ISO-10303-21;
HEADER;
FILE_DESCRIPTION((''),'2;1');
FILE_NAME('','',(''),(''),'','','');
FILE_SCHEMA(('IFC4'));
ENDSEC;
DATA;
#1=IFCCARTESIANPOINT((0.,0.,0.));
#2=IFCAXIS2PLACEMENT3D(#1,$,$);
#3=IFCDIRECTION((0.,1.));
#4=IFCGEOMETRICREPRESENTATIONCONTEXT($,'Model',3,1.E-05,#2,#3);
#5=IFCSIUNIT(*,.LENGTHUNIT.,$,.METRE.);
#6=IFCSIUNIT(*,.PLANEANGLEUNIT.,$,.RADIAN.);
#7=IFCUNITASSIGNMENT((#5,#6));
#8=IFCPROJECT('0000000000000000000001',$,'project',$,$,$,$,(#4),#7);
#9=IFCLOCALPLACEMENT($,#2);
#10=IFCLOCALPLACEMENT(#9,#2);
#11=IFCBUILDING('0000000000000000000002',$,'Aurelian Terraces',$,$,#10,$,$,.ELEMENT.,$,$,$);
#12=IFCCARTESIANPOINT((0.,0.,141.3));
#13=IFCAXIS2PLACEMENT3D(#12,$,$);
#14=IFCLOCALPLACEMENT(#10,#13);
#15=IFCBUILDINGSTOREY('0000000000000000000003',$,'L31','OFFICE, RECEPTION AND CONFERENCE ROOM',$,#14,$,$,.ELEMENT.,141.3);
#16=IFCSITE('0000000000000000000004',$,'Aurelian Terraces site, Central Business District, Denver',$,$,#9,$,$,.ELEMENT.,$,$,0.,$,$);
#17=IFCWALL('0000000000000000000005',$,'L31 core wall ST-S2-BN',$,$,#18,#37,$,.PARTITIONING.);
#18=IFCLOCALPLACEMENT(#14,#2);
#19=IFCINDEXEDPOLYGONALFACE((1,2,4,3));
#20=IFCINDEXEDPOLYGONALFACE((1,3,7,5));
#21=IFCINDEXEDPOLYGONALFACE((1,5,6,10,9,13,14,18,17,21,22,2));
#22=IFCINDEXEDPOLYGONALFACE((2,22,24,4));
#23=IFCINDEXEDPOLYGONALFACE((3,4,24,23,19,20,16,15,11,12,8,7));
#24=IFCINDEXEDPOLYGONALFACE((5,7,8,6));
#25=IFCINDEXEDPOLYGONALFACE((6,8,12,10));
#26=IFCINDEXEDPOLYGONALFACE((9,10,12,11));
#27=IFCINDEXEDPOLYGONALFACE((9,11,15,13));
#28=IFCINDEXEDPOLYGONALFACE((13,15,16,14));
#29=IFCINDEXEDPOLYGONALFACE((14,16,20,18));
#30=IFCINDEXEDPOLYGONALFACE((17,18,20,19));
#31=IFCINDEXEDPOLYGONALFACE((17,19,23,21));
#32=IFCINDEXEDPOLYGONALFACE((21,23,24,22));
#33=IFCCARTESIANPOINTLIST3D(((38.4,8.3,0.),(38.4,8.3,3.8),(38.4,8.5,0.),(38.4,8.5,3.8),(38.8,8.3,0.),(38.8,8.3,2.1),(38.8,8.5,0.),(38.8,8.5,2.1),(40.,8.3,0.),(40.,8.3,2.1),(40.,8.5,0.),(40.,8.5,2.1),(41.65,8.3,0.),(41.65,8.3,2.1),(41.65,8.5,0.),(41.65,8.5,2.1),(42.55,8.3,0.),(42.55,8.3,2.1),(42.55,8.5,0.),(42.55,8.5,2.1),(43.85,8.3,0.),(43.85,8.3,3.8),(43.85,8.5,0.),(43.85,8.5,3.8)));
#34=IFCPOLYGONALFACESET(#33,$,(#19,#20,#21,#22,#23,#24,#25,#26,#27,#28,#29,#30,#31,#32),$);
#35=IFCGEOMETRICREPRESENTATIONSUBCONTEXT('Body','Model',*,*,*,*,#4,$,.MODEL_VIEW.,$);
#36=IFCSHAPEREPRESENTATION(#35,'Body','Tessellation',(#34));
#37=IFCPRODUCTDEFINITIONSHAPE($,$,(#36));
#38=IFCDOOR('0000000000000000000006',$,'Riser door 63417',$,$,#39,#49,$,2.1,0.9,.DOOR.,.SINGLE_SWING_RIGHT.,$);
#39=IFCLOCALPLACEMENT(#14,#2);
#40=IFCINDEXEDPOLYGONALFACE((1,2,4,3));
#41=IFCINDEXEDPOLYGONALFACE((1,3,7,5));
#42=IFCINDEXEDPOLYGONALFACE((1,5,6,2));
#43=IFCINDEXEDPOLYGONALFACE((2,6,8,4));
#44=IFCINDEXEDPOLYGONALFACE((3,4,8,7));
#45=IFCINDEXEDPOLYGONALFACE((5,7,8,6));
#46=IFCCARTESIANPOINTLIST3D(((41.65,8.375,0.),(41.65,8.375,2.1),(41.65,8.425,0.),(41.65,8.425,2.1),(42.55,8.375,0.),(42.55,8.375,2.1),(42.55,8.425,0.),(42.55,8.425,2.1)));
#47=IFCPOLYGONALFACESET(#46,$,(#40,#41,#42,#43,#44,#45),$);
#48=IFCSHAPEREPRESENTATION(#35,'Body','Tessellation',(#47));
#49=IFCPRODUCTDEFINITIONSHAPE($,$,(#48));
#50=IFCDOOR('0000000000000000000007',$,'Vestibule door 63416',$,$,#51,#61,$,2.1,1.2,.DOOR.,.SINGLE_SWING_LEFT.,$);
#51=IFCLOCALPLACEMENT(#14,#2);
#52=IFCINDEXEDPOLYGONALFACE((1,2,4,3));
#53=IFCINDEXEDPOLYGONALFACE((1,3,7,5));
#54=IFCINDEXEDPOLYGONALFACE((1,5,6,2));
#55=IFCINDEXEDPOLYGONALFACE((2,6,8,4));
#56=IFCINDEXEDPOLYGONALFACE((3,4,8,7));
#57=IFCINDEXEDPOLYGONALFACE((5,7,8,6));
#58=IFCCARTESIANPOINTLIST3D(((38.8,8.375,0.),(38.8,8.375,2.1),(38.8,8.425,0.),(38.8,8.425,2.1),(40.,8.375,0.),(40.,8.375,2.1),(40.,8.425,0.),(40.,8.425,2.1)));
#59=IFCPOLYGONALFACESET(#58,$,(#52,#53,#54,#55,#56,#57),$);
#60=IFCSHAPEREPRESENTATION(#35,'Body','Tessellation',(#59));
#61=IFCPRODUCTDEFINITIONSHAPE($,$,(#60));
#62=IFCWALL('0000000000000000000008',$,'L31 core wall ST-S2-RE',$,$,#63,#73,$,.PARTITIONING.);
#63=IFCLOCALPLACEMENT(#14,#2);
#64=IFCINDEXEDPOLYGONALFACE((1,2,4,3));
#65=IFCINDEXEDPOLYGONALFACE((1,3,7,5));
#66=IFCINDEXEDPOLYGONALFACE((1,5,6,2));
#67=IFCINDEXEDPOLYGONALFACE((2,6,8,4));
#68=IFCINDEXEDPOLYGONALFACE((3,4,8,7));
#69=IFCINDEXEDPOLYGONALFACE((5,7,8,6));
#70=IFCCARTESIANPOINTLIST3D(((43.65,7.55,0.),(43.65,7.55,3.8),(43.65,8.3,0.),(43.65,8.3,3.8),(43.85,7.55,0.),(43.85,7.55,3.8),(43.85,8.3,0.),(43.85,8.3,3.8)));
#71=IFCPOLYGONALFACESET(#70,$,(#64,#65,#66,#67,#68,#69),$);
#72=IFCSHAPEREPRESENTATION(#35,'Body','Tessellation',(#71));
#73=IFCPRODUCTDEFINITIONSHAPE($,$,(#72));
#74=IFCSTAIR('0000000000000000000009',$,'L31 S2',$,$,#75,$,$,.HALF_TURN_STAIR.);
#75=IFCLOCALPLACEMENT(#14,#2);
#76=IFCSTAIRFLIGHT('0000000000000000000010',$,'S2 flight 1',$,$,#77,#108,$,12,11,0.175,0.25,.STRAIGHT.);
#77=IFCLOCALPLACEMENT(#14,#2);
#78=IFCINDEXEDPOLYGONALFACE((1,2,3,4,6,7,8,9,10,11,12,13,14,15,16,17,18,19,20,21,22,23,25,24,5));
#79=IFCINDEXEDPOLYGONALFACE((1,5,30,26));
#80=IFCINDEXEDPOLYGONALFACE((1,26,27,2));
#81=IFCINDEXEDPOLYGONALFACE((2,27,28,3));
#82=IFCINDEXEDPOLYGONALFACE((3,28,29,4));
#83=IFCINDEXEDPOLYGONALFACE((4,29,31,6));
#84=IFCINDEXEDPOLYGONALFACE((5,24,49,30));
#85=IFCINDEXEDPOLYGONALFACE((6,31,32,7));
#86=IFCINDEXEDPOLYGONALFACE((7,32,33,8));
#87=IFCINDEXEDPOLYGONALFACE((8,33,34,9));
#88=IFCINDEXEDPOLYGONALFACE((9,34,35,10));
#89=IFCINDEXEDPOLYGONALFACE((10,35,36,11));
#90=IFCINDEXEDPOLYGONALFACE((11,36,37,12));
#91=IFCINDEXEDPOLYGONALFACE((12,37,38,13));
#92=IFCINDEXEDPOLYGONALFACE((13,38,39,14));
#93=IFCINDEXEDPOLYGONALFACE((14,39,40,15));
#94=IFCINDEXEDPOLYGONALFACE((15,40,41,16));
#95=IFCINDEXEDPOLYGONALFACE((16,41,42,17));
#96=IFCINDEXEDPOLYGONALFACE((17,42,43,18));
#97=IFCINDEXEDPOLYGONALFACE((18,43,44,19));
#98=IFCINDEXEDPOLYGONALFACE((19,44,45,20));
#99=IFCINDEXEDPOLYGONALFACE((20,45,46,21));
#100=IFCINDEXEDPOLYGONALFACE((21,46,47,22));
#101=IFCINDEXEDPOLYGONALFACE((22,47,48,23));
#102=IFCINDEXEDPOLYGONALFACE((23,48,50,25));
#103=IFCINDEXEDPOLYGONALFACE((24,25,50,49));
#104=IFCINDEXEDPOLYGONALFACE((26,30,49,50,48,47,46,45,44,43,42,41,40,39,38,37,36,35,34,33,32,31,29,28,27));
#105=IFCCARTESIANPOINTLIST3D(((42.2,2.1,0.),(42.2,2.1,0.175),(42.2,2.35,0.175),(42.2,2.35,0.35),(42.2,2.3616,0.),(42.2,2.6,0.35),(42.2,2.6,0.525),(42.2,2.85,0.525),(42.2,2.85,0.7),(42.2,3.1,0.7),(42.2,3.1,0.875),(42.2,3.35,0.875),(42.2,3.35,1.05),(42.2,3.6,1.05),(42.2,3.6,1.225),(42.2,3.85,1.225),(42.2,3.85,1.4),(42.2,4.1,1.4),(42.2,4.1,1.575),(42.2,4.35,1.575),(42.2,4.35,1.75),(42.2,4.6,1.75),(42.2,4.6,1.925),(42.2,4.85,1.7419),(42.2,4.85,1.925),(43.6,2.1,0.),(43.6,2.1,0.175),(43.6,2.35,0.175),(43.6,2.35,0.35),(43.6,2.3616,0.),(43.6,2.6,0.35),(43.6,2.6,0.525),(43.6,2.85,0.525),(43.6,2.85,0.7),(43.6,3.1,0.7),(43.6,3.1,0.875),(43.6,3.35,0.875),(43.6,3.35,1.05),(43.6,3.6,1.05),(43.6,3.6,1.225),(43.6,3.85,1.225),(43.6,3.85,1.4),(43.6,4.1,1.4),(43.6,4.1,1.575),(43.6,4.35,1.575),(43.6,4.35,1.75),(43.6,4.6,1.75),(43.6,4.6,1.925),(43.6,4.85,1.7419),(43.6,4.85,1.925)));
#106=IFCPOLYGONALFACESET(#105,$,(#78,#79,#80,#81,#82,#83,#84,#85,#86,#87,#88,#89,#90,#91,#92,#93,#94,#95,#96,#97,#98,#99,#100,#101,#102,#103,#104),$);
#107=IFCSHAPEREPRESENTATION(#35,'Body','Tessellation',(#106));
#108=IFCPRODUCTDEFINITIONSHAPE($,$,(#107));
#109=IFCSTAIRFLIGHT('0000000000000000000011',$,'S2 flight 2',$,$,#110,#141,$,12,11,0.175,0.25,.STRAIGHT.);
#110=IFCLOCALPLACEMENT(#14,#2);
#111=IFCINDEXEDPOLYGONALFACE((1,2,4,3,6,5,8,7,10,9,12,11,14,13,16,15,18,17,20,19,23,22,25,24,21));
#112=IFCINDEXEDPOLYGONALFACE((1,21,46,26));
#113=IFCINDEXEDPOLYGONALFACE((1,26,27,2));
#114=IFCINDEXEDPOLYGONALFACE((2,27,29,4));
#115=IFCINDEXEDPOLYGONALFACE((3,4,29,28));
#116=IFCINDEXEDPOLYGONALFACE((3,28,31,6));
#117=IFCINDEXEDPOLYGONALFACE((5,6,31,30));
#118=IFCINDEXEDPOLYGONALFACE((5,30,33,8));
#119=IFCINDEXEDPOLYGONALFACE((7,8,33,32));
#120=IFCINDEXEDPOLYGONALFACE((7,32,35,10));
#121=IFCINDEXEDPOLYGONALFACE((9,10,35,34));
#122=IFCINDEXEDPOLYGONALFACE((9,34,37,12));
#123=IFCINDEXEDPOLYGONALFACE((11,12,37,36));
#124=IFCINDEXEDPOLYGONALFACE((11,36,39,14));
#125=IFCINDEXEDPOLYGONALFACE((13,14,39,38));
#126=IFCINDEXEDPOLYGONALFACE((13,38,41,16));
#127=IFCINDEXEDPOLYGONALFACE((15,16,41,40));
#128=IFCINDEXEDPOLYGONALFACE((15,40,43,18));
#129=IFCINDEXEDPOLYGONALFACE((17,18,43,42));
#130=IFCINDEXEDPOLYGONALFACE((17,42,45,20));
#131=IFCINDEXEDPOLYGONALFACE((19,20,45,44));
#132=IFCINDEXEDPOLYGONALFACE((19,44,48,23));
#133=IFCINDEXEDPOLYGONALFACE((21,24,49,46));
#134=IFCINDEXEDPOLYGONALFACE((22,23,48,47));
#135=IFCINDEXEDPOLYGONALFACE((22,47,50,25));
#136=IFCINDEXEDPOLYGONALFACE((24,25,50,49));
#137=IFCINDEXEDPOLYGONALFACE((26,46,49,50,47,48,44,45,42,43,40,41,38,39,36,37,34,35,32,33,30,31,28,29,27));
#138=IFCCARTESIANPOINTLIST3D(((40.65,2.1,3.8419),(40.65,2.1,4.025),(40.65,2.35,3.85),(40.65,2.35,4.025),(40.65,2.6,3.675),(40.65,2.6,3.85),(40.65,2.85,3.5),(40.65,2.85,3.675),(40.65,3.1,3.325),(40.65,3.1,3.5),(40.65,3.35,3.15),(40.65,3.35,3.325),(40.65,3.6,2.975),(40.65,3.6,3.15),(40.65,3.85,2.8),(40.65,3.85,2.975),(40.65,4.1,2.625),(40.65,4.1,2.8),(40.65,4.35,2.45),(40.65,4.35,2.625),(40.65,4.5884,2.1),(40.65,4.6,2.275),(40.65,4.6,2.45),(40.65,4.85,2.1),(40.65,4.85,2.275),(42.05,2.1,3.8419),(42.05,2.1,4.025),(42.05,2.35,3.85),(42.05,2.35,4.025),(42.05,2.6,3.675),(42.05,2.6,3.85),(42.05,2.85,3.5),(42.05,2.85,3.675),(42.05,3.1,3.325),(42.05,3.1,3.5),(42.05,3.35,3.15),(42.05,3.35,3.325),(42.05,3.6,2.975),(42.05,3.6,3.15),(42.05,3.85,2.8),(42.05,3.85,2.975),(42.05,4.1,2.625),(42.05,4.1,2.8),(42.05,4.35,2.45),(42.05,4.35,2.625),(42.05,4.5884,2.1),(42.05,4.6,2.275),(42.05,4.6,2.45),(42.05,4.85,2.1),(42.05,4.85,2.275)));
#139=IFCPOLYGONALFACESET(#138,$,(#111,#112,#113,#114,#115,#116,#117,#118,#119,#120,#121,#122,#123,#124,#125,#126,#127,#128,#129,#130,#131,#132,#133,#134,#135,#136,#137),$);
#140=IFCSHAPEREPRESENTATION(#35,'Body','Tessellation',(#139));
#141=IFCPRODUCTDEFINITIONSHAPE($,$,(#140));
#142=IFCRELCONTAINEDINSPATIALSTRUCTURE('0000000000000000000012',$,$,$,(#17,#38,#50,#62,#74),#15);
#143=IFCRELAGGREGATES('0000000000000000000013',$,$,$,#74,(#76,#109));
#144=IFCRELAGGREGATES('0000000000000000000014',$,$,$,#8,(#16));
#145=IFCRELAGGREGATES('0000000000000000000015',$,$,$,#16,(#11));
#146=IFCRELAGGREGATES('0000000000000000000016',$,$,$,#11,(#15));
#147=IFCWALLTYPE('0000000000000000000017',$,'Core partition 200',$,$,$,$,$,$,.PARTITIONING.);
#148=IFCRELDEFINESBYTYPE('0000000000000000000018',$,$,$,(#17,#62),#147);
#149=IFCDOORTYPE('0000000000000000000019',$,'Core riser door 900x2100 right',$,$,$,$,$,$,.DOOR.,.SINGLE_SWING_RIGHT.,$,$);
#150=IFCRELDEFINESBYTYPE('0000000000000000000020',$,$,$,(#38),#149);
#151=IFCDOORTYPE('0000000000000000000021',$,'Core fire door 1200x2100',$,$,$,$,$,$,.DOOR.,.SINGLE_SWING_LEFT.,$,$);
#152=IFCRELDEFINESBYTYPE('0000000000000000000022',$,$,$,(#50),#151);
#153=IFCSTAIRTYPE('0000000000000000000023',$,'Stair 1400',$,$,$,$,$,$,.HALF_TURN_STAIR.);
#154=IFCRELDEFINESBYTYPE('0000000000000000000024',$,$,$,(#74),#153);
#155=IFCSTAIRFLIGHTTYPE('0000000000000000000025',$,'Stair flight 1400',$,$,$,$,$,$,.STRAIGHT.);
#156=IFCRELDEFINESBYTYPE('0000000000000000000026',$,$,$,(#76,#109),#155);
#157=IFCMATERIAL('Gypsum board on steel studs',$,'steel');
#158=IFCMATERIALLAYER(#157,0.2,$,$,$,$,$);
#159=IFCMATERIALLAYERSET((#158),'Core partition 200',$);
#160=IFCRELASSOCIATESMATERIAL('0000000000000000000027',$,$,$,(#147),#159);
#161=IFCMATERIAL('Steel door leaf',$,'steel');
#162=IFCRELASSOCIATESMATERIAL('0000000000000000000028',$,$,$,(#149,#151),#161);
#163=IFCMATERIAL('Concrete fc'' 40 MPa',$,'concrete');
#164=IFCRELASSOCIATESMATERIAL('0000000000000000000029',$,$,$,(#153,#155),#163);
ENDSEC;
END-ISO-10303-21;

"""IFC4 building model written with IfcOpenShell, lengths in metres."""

from ifc_helpers import new_model, si_unit, direction, frame, frame_2d, origin, place, context, subcontext, project, spatial, polyline, rectangle, outline, extrude, source, transform, mapped, material, layer, layer_set, type_object, element, fill, aggregate, save


model = new_model("IFC4")

# Units and contexts
model_context = context("Model", 3, precision=1e-05, world=origin(), true_north=direction((0.0, 1.0)))
body_context = subcontext(model_context, "Body", "Model", "MODEL_VIEW")
ifc_project = project(units=[si_unit("LENGTHUNIT", "METRE"), si_unit("PLANEANGLEUNIT", "RADIAN")], contexts=[model_context])

# Site, building, storey
site_placement = place(None, origin())
site = spatial("IfcSite", under=ifc_project, at=site_placement, Name="Aurelian Terraces site, Central Business District, Denver", CompositionType="ELEMENT", RefElevation=0.0)
building_placement = place(site_placement, origin())
building = spatial("IfcBuilding", under=site, at=building_placement, Name="Aurelian Terraces", CompositionType="ELEMENT")
storey_placement = place(building_placement, frame((0.0, 0.0, 141.3)))
storey = spatial("IfcBuildingStorey", under=building, at=storey_placement, Name="L31", Description="OFFICE, RECEPTION AND CONFERENCE ROOM", CompositionType="ELEMENT", Elevation=141.3)

# Shared definitions
ifc_material_1 = material(Name="Concrete fc' 40 MPa", Category="concrete")

# Shared definitions
ifc_material_2 = material(Name="Steel door leaf", Category="steel")

# Shared definitions
ifc_material_3 = material(Name="Gypsum board on steel studs", Category="steel")
ifc_layer_1 = layer(ifc_material_3, 0.2)
ifc_layer_set_1 = layer_set([ifc_layer_1], Name="Core partition 200")
wall_type_1 = type_object("IfcWallType", Name="Core partition 200", PredefinedType="PARTITIONING", material=ifc_layer_set_1)

# Wall, openings, doors
shared_shape_1 = source(origin(), body_context, "Body", "SweptSolid", [
    extrude(rectangle(XDim=5.45, YDim=0.2, at=frame_2d((2.725, 0.0))), origin(), (0.0, 0.0, 1.0), 3.8),
])
wall_1_placement = place(storey_placement, frame((38.4, 8.4, 0.0), z_axis=(0.0, 0.0, 1.0), x_axis=(1.0, 0.0, 0.0)))
wall_1 = element("IfcWall", 1, at=wall_1_placement, inside=storey, type_object=wall_type_1, Name="L31 core wall ST-S2-BN", PredefinedType="PARTITIONING", context=body_context, shape_type="MappedRepresentation", body=[
    mapped(shared_shape_1, transform((0.0, 0.0, 0.0), scale=1.0)),
])
shared_shape_2 = source(origin(), body_context, "Body", "SweptSolid", [
    extrude(rectangle(XDim=1.2, YDim=2.1, at=frame_2d((0.6, 1.05))), frame((0.0, 0.11, 0.0), z_axis=(0.0, -1.0, 0.0), x_axis=(1.0, 0.0, 0.0)), (0.0, 0.0, 1.0), 0.22),
])
opening_1_placement = place(wall_1_placement, frame((0.4, 0.0, 0.0)))
opening_1 = element("IfcOpeningElement", 2, at=opening_1_placement, cuts=wall_1, PredefinedType="OPENING", context=body_context, shape_type="MappedRepresentation", body=[
    mapped(shared_shape_2, transform((0.0, 0.0, 0.0), scale=1.0)),
])
shared_shape_3 = source(origin(), body_context, "Body", "SweptSolid", [
    extrude(rectangle(XDim=0.9, YDim=2.1, at=frame_2d((0.45, 1.05))), frame((0.0, 0.11, 0.0), z_axis=(0.0, -1.0, 0.0), x_axis=(1.0, 0.0, 0.0)), (0.0, 0.0, 1.0), 0.22),
])
opening_2_placement = place(wall_1_placement, frame((3.25, 0.0, 0.0)))
opening_2 = element("IfcOpeningElement", 3, at=opening_2_placement, cuts=wall_1, PredefinedType="OPENING", context=body_context, shape_type="MappedRepresentation", body=[
    mapped(shared_shape_3, transform((0.0, 0.0, 0.0), scale=1.0)),
])
door_type_1 = type_object("IfcDoorType", Name="Core riser door 900x2100 right", OperationType="SINGLE_SWING_RIGHT", PredefinedType="DOOR", material=ifc_material_2)
shared_shape_4 = source(origin(), body_context, "Body", "SweptSolid", [
    extrude(rectangle(XDim=0.9, YDim=2.1, at=frame_2d((0.45, 1.05))), frame((0.0, 0.025, 0.0), z_axis=(0.0, -1.0, 0.0), x_axis=(1.0, 0.0, 0.0)), (0.0, 0.0, 1.0), 0.05),
])
door_1_placement = place(opening_2_placement, origin())
door_1 = element("IfcDoor", 4, at=door_1_placement, inside=storey, type_object=door_type_1, Name="Riser door 63417", OperationType="SINGLE_SWING_RIGHT", OverallHeight=2.1, OverallWidth=0.9, PredefinedType="DOOR", context=body_context, shape_type="MappedRepresentation", body=[
    mapped(shared_shape_4, transform((0.0, 0.0, 0.0), scale=1.0)),
])
fill(opening_2, door_1)
door_type_2 = type_object("IfcDoorType", Name="Core fire door 1200x2100", OperationType="SINGLE_SWING_LEFT", PredefinedType="DOOR", material=ifc_material_2)
shared_shape_5 = source(origin(), body_context, "Body", "SweptSolid", [
    extrude(rectangle(XDim=1.2, YDim=2.1, at=frame_2d((0.6, 1.05))), frame((0.0, 0.025, 0.0), z_axis=(0.0, -1.0, 0.0), x_axis=(1.0, 0.0, 0.0)), (0.0, 0.0, 1.0), 0.05),
])
door_2_placement = place(opening_1_placement, origin())
door_2 = element("IfcDoor", 5, at=door_2_placement, inside=storey, type_object=door_type_2, Name="Vestibule door 63416", OperationType="SINGLE_SWING_LEFT", OverallHeight=2.1, OverallWidth=1.2, PredefinedType="DOOR", context=body_context, shape_type="MappedRepresentation", body=[
    mapped(shared_shape_5, transform((0.0, 0.0, 0.0), scale=1.0)),
])
fill(opening_1, door_2)

# Wall
shared_shape_6 = source(origin(), body_context, "Body", "SweptSolid", [
    extrude(rectangle(XDim=0.75, YDim=0.2, at=frame_2d((0.375, 0.0))), origin(), (0.0, 0.0, 1.0), 3.8),
])
wall_2_placement = place(storey_placement, frame((43.75, 7.55, 0.0), z_axis=(0.0, 0.0, 1.0), x_axis=(0.0, 1.0, 0.0)))
element("IfcWall", 6, at=wall_2_placement, inside=storey, type_object=wall_type_1, Name="L31 core wall ST-S2-RE", PredefinedType="PARTITIONING", context=body_context, shape_type="MappedRepresentation", body=[
    mapped(shared_shape_6, transform((0.0, 0.0, 0.0), scale=1.0)),
])

# Stair, stair flights
stair_type = type_object("IfcStairType", Name="Stair 1400", PredefinedType="HALF_TURN_STAIR", material=ifc_material_1)
stair_placement = place(storey_placement, origin())
stair = element("IfcStair", 7, at=stair_placement, inside=storey, type_object=stair_type, Name="L31 S2", PredefinedType="HALF_TURN_STAIR")
stair_flight_type = type_object("IfcStairFlightType", Name="Stair flight 1400", PredefinedType="STRAIGHT", material=ifc_material_1)
shared_shape_7 = source(origin(), body_context, "Body", "SweptSolid", [
    extrude(outline(polyline([(0.0, 0.0), (0.0, 0.175), (0.25, 0.175), (0.25, 0.35), (0.5, 0.35), (0.5, 0.525), (0.75, 0.525), (0.75, 0.7), (1.0, 0.7), (1.0, 0.875), (1.25, 0.875), (1.25, 1.05), (1.5, 1.05), (1.5, 1.225), (1.75, 1.225), (1.75, 1.4), (2.0, 1.4), (2.0, 1.575), (2.25, 1.575), (2.25, 1.75), (2.5, 1.75), (2.5, 1.925), (2.75, 1.925), (2.75, 2.1), (2.75, 1.7419), (0.2616, 0.0), (0.0, 0.0)])), frame((0.0, 0.7, 0.0), z_axis=(0.0, -1.0, 0.0), x_axis=(1.0, 0.0, 0.0)), (0.0, 0.0, 1.0), 1.4),
])
stair_flight_1_placement = place(storey_placement, frame((42.9, 2.1, 0.0), z_axis=(0.0, 0.0, 1.0), x_axis=(0.0, 1.0, 0.0)))
stair_flight_1 = element("IfcStairFlight", 8, at=stair_flight_1_placement, type_object=stair_flight_type, Name="S2 flight 1", NumberOfRisers=12, NumberOfTreads=11, PredefinedType="STRAIGHT", RiserHeight=0.175, TreadLength=0.25, context=body_context, shape_type="MappedRepresentation", body=[
    mapped(shared_shape_7, transform((0.0, 0.0, 0.0), scale=1.0)),
])
stair_flight_2_placement = place(storey_placement, frame((41.35, 4.85, 2.1), z_axis=(0.0, 0.0, 1.0), x_axis=(0.0, -1.0, 0.0)))
stair_flight_2 = element("IfcStairFlight", 9, at=stair_flight_2_placement, type_object=stair_flight_type, Name="S2 flight 2", NumberOfRisers=12, NumberOfTreads=11, PredefinedType="STRAIGHT", RiserHeight=0.175, TreadLength=0.25, context=body_context, shape_type="MappedRepresentation", body=[
    mapped(shared_shape_7, transform((0.0, 0.0, 0.0), scale=1.0)),
])
aggregate(stair, [stair_flight_1, stair_flight_2])

save(model, "model.ifc")
